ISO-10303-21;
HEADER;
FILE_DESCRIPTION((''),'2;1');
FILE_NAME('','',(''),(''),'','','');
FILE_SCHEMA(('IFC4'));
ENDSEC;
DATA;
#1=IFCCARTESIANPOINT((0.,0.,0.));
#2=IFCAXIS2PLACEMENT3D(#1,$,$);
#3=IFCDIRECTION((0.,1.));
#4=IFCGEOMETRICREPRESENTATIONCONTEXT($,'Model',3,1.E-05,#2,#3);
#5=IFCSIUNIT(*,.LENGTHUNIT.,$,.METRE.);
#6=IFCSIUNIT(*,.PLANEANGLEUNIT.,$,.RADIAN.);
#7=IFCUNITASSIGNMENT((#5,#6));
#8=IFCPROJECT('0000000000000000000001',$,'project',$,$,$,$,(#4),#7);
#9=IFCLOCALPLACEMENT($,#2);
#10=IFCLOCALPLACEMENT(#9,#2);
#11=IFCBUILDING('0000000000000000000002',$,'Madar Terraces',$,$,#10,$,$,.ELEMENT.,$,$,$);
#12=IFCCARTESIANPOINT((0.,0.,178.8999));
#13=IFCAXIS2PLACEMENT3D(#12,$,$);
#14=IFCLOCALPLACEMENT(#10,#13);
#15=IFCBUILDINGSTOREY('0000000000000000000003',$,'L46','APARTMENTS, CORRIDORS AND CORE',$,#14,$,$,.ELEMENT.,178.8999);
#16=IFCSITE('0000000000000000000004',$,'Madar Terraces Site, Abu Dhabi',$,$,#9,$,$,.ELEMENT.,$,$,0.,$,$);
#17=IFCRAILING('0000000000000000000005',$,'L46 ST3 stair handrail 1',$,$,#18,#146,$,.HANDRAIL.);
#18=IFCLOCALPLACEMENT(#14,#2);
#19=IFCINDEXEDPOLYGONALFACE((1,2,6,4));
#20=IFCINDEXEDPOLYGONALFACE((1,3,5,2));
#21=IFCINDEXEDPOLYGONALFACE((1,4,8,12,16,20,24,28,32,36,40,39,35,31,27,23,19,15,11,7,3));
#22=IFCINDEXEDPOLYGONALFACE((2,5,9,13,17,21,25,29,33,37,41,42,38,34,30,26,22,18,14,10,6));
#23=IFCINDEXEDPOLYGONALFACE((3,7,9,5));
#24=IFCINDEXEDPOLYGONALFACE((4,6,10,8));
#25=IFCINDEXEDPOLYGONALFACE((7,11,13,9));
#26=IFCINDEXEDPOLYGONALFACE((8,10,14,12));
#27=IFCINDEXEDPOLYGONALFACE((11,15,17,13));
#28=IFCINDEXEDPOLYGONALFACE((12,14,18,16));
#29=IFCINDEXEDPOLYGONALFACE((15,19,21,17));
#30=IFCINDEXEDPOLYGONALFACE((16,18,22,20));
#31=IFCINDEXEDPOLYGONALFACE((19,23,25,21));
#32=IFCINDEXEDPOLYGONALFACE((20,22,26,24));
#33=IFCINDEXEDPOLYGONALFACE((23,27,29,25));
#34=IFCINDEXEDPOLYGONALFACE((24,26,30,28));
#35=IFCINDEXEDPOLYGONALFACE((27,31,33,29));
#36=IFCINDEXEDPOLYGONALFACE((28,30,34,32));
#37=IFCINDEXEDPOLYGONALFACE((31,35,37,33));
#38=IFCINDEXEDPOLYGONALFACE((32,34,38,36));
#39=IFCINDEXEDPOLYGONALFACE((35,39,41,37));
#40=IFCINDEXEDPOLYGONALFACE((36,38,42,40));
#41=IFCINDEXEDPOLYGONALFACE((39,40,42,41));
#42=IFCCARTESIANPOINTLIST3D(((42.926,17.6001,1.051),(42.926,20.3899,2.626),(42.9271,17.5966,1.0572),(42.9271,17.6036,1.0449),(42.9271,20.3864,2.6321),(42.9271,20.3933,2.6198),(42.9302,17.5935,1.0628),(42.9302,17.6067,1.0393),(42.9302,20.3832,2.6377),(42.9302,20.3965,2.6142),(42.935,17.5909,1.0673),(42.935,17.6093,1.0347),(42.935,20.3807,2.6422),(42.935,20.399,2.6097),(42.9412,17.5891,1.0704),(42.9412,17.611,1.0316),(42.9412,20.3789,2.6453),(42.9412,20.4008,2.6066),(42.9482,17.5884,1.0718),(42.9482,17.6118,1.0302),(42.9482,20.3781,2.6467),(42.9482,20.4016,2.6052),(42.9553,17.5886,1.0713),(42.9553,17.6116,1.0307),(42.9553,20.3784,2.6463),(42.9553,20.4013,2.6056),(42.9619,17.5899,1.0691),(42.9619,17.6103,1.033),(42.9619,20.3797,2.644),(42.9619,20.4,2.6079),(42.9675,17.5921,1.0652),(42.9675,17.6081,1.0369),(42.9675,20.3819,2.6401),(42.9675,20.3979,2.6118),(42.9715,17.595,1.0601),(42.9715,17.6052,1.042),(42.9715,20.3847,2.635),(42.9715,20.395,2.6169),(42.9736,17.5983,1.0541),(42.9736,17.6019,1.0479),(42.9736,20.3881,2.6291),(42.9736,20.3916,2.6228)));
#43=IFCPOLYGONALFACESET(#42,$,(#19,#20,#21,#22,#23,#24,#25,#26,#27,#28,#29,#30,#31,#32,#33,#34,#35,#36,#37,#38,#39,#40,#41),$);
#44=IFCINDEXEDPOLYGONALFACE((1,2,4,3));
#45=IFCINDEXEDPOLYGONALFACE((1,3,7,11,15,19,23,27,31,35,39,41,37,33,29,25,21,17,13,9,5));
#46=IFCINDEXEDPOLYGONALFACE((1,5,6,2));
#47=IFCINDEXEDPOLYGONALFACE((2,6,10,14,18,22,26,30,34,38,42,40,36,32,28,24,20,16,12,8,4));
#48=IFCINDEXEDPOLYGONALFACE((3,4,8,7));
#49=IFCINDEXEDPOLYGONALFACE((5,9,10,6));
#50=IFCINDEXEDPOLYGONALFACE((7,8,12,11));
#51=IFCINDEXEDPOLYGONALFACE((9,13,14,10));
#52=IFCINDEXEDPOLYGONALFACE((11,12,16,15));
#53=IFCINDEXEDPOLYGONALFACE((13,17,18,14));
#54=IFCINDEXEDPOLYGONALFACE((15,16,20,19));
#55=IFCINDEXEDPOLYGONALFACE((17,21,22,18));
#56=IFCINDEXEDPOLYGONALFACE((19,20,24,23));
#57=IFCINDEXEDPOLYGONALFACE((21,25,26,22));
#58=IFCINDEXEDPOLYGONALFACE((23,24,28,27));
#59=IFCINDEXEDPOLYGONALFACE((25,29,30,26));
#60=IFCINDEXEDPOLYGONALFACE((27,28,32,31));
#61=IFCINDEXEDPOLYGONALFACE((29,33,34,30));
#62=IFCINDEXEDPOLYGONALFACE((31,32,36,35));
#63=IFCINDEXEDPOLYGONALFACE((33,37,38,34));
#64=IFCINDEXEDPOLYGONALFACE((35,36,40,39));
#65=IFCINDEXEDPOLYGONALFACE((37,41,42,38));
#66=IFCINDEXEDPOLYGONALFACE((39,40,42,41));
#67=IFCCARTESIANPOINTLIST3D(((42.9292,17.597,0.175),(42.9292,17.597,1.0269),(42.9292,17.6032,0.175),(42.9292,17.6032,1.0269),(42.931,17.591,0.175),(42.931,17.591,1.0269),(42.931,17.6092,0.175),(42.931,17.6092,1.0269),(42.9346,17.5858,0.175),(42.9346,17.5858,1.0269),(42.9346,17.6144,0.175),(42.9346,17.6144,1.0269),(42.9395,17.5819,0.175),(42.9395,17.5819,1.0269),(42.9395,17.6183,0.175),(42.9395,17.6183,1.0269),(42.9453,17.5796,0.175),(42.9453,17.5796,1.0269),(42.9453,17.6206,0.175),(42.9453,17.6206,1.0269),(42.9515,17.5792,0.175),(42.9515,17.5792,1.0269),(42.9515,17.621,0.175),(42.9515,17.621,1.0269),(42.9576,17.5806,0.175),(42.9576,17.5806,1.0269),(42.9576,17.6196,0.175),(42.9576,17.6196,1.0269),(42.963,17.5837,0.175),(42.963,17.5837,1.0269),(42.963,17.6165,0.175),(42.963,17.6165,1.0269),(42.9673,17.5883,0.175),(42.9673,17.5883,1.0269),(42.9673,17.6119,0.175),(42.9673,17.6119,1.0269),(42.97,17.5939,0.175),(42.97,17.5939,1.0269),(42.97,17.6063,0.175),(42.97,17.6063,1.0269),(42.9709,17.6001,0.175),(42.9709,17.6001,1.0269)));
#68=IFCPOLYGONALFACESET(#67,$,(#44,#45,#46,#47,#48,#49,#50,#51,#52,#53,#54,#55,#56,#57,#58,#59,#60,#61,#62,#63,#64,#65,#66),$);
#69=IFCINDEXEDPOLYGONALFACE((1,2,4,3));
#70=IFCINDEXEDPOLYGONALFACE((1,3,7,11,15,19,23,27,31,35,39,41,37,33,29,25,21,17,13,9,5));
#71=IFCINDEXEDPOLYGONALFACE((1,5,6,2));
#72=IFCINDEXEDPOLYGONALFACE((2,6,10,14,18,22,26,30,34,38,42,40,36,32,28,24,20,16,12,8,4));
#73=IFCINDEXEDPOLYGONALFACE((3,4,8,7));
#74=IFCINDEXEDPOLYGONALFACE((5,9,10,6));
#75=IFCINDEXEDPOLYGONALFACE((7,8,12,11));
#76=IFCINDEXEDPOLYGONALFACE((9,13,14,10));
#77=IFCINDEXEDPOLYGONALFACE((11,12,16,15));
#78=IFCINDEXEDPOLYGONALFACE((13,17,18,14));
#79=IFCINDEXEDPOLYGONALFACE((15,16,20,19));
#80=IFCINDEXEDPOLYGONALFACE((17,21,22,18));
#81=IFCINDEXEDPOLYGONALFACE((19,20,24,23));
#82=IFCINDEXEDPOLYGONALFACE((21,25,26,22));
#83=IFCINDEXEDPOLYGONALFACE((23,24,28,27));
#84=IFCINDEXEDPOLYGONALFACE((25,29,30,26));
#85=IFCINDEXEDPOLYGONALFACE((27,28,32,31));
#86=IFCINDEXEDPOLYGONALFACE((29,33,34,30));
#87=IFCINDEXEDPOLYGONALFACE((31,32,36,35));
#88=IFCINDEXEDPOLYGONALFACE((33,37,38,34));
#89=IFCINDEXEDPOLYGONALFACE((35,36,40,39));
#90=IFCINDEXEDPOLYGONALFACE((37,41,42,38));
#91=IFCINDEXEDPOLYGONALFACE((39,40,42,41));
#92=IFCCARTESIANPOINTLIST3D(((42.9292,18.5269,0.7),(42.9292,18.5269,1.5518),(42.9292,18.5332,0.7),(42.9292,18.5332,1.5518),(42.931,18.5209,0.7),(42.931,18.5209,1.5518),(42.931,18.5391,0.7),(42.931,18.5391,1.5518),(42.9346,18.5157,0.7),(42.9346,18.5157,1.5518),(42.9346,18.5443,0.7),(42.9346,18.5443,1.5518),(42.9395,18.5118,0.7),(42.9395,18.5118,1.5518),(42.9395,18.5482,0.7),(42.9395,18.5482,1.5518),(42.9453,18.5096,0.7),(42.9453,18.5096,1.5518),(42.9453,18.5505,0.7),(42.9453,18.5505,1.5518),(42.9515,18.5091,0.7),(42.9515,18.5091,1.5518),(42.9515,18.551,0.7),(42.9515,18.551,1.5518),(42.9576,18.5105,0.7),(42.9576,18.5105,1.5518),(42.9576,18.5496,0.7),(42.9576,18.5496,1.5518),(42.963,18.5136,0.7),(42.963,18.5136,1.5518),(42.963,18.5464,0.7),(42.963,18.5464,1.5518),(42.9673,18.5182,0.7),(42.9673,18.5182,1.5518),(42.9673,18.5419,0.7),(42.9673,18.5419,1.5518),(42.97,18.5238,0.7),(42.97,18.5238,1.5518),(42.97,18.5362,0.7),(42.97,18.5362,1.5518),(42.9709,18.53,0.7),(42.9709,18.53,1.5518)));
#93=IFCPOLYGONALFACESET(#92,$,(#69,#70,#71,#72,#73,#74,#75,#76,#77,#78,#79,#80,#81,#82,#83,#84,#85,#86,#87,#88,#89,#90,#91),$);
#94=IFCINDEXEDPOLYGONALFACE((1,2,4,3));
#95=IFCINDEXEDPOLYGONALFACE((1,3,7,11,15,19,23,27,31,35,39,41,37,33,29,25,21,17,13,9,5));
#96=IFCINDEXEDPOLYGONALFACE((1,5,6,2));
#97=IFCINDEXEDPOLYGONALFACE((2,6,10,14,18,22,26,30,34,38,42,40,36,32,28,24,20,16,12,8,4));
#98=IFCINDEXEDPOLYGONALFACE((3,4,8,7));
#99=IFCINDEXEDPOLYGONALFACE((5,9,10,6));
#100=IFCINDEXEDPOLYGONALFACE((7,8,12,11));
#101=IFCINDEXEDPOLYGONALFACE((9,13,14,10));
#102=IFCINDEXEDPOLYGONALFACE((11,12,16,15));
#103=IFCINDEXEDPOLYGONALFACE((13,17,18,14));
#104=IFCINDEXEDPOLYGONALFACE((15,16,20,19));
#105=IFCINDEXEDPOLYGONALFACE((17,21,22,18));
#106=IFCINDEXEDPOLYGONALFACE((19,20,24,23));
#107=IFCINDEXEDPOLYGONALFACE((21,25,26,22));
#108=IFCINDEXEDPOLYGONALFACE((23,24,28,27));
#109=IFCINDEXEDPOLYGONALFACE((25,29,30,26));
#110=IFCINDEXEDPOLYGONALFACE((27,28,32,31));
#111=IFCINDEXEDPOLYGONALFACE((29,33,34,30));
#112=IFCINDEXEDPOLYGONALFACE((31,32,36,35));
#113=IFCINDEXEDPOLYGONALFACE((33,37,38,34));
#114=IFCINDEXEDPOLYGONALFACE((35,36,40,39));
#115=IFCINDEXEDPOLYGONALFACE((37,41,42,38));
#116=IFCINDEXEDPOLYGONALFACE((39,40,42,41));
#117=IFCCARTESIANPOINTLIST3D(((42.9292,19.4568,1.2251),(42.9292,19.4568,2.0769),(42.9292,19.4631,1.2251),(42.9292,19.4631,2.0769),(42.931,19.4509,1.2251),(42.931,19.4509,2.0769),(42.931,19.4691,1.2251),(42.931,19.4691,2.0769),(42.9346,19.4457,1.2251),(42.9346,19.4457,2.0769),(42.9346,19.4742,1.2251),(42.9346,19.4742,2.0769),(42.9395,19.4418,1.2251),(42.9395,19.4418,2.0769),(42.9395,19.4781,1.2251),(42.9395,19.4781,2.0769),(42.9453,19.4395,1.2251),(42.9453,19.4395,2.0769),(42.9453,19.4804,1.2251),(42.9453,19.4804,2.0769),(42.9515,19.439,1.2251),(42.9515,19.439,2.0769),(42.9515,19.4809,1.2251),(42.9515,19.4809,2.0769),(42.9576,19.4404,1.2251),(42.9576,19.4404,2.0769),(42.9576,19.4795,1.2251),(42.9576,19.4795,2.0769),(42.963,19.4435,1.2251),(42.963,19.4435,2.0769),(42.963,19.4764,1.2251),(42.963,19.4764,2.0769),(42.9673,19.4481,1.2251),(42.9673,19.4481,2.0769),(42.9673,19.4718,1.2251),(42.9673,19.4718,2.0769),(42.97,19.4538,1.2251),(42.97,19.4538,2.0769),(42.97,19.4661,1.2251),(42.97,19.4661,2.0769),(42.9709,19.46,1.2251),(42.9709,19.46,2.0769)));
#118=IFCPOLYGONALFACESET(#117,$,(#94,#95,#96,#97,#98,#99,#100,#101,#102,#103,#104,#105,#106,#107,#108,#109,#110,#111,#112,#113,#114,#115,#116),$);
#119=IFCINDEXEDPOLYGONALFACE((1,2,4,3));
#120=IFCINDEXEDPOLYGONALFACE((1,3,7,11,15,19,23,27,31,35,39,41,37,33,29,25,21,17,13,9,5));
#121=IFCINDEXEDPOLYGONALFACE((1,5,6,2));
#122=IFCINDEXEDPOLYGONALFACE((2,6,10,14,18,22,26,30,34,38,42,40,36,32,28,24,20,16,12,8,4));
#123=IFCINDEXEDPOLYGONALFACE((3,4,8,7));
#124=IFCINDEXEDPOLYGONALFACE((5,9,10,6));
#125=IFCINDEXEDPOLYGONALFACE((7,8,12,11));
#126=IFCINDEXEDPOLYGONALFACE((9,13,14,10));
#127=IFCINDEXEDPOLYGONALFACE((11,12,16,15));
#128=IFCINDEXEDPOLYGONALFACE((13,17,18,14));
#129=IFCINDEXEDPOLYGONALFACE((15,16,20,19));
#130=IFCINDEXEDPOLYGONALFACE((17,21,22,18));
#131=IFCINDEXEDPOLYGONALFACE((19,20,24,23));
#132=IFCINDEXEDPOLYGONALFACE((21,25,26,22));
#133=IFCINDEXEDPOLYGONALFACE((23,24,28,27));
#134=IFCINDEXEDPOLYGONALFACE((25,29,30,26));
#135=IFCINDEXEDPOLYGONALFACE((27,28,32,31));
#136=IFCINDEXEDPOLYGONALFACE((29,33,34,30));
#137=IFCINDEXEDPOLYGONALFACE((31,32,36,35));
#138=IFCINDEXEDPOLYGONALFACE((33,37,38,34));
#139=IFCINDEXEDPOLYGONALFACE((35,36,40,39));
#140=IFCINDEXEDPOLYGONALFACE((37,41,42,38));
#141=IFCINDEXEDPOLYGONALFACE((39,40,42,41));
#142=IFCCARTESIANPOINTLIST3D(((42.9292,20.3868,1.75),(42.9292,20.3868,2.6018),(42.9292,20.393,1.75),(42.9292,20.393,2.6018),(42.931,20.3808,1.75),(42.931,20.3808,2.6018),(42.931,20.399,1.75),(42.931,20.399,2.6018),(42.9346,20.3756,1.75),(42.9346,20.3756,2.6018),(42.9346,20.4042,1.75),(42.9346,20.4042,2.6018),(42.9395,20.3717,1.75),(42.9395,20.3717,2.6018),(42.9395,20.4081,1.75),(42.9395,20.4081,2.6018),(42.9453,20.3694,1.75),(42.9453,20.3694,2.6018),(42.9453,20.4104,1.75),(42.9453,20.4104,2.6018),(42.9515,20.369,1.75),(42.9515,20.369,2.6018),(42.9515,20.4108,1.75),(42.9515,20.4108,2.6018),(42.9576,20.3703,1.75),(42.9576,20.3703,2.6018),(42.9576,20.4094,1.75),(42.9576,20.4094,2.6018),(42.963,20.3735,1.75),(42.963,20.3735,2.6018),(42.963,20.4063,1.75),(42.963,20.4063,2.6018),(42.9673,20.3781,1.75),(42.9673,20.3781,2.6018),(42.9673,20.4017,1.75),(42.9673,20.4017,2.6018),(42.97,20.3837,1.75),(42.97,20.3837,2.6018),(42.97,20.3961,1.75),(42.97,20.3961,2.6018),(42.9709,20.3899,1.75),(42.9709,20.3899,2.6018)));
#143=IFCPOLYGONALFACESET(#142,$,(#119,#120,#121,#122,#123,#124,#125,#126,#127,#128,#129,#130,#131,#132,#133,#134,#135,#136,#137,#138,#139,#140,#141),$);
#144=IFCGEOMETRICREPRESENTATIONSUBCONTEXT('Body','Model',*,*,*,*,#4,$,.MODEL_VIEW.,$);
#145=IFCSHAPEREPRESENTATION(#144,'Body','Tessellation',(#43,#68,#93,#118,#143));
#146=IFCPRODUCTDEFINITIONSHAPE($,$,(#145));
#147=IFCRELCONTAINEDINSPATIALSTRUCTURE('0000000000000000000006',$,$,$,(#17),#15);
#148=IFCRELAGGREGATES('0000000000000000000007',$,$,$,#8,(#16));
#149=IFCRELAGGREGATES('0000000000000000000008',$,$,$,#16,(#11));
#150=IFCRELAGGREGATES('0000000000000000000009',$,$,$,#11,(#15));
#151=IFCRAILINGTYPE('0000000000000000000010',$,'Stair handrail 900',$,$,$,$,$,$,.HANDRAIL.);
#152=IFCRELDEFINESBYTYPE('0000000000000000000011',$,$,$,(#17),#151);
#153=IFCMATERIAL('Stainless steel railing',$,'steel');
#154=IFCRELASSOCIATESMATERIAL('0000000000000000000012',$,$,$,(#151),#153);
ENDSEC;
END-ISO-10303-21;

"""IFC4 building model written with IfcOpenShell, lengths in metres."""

from ifc_helpers import new_model, si_unit, direction, frame, origin, origin_2d, place, context, subcontext, project, spatial, circle, extrude, material, type_object, element, save


model = new_model("IFC4")

# Units and contexts
model_context = context("Model", 3, precision=1e-05, world=origin(), true_north=direction((0.0, 1.0)))
body_context = subcontext(model_context, "Body", "Model", "MODEL_VIEW")
ifc_project = project(units=[si_unit("LENGTHUNIT", "METRE"), si_unit("PLANEANGLEUNIT", "RADIAN")], contexts=[model_context])

# Site, building, storey
site_placement = place(None, origin())
site = spatial("IfcSite", under=ifc_project, at=site_placement, Name="Madar Terraces Site, Abu Dhabi", CompositionType="ELEMENT", RefElevation=0.0)
building_placement = place(site_placement, origin())
building = spatial("IfcBuilding", under=site, at=building_placement, Name="Madar Terraces", CompositionType="ELEMENT")
storey_placement = place(building_placement, frame((0.0, 0.0, 178.8999)))
storey = spatial("IfcBuildingStorey", under=building, at=storey_placement, Name="L46", Description="APARTMENTS, CORRIDORS AND CORE", CompositionType="ELEMENT", Elevation=178.8999)

# Railing
ifc_material_1 = material(Name="Stainless steel railing", Category="steel")
railing_type_1 = type_object("IfcRailingType", Name="Stair handrail 900", PredefinedType="HANDRAIL", material=ifc_material_1)
railing_1_placement = place(storey_placement, frame((42.95, 17.6001, 0.175)))
element("IfcRailing", 1, at=railing_1_placement, inside=storey, type_object=railing_type_1, Name="L46 ST3 stair handrail 1", PredefinedType="HANDRAIL", context=body_context, shape_type="SweptSolid", body=[
    extrude(circle(Radius=0.0239, at=origin_2d()), frame((0.0, 0.0, 0.876), z_axis=(0.0, 0.870815, 0.49161), x_axis=(-1.0, 0.0, 0.0)), (0.0, 0.0, 1.0), 3.2036),
    extrude(circle(Radius=0.021, at=origin_2d()), origin(), (0.0, 0.0, 1.0), 0.8518),
    extrude(circle(Radius=0.021, at=origin_2d()), frame((0.0, 0.9299, 0.5249)), (0.0, 0.0, 1.0), 0.8518),
    extrude(circle(Radius=0.021, at=origin_2d()), frame((0.0, 1.8599, 1.05)), (0.0, 0.0, 1.0), 0.8518),
    extrude(circle(Radius=0.021, at=origin_2d()), frame((0.0, 2.7898, 1.575)), (0.0, 0.0, 1.0), 0.8518),
])

save(model, "model.ifc")
